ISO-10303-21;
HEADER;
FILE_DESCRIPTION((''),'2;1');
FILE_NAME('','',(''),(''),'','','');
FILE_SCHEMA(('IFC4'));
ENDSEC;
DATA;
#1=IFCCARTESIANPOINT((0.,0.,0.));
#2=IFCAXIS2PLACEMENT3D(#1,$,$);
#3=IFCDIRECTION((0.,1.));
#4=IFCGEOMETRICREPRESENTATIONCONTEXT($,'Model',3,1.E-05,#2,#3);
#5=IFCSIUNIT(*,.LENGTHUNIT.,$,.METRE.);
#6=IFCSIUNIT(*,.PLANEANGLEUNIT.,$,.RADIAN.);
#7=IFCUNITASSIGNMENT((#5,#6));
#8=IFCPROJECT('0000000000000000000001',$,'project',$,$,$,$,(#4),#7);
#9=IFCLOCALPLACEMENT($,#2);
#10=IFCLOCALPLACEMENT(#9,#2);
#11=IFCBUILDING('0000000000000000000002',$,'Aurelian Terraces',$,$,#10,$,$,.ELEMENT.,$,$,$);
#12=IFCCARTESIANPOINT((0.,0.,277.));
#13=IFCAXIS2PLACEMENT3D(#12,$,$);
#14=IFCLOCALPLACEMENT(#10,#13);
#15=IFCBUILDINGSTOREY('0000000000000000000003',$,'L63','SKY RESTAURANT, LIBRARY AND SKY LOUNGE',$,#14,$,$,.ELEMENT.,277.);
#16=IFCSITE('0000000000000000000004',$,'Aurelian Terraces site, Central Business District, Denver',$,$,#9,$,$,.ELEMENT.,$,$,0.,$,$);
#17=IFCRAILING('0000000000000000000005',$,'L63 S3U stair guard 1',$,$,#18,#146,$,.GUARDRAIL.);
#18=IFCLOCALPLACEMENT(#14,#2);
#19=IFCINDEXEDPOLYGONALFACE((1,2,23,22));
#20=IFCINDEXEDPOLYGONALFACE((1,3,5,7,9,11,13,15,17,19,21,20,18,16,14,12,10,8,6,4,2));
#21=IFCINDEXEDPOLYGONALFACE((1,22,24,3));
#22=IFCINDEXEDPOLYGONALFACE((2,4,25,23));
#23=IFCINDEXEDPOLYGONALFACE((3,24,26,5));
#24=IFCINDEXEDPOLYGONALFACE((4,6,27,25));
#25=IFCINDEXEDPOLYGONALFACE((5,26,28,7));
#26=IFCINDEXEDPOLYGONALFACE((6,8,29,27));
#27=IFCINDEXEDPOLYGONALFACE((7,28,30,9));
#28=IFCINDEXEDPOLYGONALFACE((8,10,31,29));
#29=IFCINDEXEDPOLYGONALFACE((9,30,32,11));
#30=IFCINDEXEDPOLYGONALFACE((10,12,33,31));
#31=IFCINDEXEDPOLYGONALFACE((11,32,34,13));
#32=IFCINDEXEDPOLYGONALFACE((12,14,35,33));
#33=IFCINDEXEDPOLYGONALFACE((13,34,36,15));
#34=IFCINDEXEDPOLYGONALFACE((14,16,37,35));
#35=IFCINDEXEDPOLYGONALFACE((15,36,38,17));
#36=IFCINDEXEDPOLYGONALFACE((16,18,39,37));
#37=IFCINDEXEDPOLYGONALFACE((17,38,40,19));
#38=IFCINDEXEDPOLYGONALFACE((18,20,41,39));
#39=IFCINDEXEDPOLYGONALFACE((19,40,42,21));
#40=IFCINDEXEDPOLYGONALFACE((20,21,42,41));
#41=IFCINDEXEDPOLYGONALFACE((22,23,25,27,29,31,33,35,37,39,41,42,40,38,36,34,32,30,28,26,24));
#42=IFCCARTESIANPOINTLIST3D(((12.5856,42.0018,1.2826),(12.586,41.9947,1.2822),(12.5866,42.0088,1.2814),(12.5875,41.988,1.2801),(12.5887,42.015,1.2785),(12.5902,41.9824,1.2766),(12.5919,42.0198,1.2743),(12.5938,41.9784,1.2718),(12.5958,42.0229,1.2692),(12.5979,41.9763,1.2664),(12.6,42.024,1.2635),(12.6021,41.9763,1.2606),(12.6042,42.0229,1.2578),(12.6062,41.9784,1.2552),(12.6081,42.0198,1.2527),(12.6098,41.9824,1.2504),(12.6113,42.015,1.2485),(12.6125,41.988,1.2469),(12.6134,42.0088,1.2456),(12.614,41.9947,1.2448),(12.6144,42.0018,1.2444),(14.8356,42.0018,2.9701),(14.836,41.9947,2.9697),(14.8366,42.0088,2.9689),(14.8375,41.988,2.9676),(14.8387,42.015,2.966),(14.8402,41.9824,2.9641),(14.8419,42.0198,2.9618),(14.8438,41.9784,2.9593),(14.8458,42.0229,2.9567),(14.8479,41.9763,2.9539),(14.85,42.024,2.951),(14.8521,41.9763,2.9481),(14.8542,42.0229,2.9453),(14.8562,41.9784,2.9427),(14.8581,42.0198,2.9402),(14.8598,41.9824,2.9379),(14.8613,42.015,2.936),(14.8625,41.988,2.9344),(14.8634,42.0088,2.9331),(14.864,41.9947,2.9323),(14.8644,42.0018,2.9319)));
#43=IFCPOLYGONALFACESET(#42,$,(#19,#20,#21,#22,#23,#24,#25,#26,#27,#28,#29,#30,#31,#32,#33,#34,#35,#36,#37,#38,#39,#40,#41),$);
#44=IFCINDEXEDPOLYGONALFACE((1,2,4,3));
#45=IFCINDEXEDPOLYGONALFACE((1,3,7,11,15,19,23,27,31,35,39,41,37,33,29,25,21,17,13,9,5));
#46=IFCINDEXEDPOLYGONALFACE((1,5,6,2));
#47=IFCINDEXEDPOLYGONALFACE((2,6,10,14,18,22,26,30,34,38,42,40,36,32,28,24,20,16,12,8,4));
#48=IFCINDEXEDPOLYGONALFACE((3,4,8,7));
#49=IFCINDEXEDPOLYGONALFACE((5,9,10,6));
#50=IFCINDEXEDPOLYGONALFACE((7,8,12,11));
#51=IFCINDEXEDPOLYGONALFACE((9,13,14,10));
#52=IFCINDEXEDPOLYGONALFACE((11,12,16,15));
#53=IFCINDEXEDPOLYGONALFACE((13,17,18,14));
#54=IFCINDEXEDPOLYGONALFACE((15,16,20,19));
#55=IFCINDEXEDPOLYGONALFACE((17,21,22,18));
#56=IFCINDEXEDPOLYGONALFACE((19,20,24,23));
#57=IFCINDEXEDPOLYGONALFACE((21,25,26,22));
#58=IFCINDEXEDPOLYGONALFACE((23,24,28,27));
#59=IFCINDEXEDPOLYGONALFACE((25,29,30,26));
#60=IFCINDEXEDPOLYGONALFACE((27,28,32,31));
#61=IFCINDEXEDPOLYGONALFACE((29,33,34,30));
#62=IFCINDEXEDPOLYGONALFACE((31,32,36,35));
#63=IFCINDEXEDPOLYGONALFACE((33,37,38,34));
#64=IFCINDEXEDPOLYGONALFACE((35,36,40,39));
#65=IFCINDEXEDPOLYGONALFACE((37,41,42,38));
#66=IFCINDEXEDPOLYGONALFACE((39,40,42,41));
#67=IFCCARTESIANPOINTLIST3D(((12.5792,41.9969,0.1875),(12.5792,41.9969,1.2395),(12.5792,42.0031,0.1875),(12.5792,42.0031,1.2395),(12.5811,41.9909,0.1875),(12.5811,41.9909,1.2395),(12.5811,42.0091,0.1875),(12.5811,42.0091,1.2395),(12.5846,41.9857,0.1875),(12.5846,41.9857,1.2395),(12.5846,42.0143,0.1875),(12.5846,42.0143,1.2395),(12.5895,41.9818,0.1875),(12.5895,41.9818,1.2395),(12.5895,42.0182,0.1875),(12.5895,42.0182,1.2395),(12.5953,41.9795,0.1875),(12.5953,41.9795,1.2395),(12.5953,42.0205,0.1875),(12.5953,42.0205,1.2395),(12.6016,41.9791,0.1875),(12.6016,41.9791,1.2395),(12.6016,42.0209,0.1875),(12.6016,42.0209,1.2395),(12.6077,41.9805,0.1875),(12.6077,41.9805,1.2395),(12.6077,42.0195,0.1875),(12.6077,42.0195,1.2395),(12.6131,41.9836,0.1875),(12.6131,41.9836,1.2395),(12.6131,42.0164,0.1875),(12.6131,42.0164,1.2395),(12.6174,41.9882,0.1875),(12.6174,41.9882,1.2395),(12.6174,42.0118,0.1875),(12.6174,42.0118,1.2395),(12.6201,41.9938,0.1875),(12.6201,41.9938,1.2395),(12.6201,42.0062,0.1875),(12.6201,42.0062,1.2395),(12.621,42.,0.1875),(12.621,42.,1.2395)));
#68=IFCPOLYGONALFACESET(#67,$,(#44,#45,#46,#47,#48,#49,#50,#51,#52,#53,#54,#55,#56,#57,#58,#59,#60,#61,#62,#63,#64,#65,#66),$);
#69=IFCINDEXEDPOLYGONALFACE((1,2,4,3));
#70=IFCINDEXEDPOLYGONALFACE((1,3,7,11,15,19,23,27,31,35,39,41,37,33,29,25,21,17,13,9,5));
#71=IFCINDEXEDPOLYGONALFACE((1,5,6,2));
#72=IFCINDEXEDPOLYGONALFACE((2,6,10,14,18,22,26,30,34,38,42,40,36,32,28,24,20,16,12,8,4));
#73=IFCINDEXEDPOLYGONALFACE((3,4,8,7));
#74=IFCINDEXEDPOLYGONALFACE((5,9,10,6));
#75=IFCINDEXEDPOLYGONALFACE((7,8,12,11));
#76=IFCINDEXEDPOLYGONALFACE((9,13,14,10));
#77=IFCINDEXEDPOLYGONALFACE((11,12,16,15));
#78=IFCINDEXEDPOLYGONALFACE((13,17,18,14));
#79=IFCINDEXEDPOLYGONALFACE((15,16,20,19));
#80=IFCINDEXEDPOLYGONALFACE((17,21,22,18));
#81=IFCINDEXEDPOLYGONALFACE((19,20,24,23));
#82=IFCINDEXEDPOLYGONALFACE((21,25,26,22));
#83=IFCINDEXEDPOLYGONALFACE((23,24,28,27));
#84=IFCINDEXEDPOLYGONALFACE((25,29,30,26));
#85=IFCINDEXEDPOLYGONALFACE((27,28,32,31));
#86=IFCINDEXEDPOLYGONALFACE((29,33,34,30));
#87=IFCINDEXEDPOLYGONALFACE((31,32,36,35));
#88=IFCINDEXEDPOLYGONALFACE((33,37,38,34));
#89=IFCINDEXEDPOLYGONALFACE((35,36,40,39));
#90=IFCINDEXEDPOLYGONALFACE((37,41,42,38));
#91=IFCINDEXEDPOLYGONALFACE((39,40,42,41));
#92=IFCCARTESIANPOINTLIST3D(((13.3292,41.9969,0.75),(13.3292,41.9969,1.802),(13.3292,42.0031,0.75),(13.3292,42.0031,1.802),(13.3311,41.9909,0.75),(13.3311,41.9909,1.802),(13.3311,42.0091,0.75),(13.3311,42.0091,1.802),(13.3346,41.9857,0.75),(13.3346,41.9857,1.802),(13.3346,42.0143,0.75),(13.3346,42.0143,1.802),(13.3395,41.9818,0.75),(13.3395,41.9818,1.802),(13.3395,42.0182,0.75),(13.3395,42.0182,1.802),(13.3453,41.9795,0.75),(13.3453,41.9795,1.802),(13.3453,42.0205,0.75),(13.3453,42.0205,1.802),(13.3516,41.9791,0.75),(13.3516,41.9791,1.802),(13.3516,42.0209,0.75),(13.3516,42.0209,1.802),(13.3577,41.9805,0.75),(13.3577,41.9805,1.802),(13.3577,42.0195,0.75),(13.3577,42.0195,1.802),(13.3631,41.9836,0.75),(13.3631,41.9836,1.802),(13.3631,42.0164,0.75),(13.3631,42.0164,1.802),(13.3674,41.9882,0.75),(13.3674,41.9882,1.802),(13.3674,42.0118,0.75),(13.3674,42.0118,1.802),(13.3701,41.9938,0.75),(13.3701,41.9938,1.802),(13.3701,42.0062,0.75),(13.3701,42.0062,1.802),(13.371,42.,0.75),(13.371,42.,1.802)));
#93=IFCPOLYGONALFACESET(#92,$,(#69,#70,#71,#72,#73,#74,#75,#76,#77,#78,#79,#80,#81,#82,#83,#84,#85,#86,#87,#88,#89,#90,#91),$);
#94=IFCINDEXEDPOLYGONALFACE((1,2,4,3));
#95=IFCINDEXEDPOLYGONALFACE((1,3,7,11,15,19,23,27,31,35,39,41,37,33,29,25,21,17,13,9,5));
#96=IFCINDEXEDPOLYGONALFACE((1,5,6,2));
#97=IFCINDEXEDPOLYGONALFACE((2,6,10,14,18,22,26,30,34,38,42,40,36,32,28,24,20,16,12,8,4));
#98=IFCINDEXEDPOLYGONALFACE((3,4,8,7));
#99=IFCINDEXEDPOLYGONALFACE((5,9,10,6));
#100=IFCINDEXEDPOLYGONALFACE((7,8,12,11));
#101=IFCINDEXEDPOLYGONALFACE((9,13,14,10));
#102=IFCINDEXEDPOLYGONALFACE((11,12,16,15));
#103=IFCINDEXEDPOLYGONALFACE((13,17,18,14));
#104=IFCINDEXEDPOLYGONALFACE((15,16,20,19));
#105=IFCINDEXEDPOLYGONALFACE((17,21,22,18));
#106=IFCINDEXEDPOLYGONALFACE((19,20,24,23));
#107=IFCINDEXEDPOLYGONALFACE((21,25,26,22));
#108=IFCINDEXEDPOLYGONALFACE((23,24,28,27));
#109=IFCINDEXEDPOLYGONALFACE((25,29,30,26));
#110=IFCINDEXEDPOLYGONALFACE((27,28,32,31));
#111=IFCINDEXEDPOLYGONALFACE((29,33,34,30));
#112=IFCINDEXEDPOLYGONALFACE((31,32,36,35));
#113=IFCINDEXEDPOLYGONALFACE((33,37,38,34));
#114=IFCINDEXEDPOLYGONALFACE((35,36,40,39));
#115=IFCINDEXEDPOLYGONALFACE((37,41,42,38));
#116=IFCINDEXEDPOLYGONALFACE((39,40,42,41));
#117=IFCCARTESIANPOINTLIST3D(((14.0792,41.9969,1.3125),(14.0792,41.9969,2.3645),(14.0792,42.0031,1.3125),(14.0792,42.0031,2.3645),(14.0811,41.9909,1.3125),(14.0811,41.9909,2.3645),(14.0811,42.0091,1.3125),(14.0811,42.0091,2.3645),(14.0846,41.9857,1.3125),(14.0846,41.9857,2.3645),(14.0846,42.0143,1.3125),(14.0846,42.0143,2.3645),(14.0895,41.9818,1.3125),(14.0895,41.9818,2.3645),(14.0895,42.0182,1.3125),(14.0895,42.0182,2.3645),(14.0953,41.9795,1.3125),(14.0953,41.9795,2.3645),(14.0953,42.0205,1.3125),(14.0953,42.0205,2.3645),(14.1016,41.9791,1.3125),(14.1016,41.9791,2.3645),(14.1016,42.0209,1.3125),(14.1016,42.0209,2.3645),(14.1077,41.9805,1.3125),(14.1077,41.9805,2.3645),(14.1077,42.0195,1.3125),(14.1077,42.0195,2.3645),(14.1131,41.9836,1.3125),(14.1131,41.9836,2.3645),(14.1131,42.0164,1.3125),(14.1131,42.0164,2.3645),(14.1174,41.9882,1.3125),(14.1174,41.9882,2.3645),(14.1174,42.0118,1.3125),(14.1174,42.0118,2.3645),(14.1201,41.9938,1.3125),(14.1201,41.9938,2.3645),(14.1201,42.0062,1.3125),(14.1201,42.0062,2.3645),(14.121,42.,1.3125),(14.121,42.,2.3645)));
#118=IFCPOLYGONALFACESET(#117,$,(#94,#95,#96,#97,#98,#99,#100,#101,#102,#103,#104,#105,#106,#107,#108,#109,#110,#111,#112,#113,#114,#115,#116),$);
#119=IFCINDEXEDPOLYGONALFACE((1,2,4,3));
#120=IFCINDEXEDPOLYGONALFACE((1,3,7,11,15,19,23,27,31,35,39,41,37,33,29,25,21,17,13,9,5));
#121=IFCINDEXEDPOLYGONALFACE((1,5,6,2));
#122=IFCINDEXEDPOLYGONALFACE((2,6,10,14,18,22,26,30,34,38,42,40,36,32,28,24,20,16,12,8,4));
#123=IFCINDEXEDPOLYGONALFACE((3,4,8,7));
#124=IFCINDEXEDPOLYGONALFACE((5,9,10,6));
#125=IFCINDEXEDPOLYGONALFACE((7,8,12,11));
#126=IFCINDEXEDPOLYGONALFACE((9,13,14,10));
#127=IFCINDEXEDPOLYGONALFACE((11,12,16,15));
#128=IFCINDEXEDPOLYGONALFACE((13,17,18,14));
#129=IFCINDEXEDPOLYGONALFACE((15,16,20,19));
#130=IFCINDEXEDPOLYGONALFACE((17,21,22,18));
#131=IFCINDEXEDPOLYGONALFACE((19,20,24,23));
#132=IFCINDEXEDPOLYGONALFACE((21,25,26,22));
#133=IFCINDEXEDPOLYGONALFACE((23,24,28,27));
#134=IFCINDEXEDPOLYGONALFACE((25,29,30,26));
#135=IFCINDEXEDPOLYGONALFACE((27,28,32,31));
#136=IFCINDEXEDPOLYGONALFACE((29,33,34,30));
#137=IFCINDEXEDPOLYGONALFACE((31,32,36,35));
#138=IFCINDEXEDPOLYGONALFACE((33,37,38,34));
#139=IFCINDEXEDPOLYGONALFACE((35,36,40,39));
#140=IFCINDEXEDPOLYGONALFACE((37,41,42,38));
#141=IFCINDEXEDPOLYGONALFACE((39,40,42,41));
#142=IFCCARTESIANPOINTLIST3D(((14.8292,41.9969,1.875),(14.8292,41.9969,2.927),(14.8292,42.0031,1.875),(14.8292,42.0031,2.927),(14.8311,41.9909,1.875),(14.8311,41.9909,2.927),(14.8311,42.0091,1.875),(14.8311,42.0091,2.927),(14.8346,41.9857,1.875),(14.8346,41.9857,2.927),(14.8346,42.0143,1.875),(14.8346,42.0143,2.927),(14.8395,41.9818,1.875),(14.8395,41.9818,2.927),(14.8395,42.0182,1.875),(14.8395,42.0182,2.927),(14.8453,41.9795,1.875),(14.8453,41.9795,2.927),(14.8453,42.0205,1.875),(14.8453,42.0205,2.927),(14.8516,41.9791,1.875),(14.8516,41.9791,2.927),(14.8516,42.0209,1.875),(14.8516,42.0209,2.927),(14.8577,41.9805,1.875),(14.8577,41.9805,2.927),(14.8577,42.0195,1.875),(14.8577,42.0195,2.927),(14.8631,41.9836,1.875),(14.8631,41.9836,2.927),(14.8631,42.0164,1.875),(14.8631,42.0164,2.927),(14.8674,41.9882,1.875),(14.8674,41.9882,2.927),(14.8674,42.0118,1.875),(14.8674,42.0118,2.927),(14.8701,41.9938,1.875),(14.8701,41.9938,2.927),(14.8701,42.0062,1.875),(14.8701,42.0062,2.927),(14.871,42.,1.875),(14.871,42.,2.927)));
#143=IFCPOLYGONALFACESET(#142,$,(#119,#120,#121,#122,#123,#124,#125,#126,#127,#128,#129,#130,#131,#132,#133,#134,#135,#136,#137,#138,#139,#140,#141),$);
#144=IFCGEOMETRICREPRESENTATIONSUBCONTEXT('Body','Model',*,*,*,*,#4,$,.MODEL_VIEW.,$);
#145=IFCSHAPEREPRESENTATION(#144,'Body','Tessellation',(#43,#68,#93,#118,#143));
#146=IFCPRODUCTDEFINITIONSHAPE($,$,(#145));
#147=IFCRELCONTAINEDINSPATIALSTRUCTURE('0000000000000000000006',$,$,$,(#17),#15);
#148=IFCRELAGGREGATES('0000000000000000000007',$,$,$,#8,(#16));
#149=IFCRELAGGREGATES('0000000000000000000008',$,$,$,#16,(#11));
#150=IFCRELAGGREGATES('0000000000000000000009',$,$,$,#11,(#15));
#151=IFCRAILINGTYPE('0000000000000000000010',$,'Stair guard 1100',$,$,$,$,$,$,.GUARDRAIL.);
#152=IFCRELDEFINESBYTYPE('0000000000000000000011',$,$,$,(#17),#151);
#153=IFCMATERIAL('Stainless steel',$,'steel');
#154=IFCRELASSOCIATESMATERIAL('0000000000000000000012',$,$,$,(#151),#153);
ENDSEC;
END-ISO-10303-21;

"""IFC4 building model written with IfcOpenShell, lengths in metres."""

from ifc_helpers import new_model, si_unit, direction, frame, origin, origin_2d, place, context, subcontext, project, spatial, circle, extrude, source, transform, mapped, material, type_object, element, save


model = new_model("IFC4")

# Units and contexts
model_context = context("Model", 3, precision=1e-05, world=origin(), true_north=direction((0.0, 1.0)))
body_context = subcontext(model_context, "Body", "Model", "MODEL_VIEW")
ifc_project = project(units=[si_unit("LENGTHUNIT", "METRE"), si_unit("PLANEANGLEUNIT", "RADIAN")], contexts=[model_context])

# Site, building, storey
site_placement = place(None, origin())
site = spatial("IfcSite", under=ifc_project, at=site_placement, Name="Aurelian Terraces site, Central Business District, Denver", CompositionType="ELEMENT", RefElevation=0.0)
building_placement = place(site_placement, origin())
building = spatial("IfcBuilding", under=site, at=building_placement, Name="Aurelian Terraces", CompositionType="ELEMENT")
storey_placement = place(building_placement, frame((0.0, 0.0, 277.0)))
storey = spatial("IfcBuildingStorey", under=building, at=storey_placement, Name="L63", Description="SKY RESTAURANT, LIBRARY AND SKY LOUNGE", CompositionType="ELEMENT", Elevation=277.0)

# Railing
ifc_material_1 = material(Name="Stainless steel", Category="steel")
railing_type_1 = type_object("IfcRailingType", Name="Stair guard 1100", PredefinedType="GUARDRAIL", material=ifc_material_1)
shared_shape_1 = source(origin(), body_context, "Body", "SweptSolid", [
    extrude(circle(Radius=0.024, at=origin_2d()), frame((0.0, 0.0, 1.076), z_axis=(0.8, 0.0, 0.6), x_axis=(0.0, 1.0, 0.0)), (0.0, 0.0, 1.0), 2.8125),
    extrude(circle(Radius=0.021, at=origin_2d()), origin(), (0.0, 0.0, 1.0), 1.052),
    extrude(circle(Radius=0.021, at=origin_2d()), frame((0.75, 0.0, 0.5625)), (0.0, 0.0, 1.0), 1.052),
    extrude(circle(Radius=0.021, at=origin_2d()), frame((1.5, 0.0, 1.125)), (0.0, 0.0, 1.0), 1.052),
    extrude(circle(Radius=0.021, at=origin_2d()), frame((2.25, 0.0, 1.6875)), (0.0, 0.0, 1.0), 1.052),
])
for number, where, name in (
    (1, (12.6, 42.0, 0.1875), "L63 S3U stair guard 1"),
):
    element("IfcRailing", number, at=place(storey_placement, frame(where)), inside=storey, type_object=railing_type_1, Name=name, PredefinedType="GUARDRAIL", context=body_context, shape_type="MappedRepresentation", body=[
        mapped(shared_shape_1, transform((0.0, 0.0, 0.0), scale=1.0)),
    ])

save(model, "model.ifc")
